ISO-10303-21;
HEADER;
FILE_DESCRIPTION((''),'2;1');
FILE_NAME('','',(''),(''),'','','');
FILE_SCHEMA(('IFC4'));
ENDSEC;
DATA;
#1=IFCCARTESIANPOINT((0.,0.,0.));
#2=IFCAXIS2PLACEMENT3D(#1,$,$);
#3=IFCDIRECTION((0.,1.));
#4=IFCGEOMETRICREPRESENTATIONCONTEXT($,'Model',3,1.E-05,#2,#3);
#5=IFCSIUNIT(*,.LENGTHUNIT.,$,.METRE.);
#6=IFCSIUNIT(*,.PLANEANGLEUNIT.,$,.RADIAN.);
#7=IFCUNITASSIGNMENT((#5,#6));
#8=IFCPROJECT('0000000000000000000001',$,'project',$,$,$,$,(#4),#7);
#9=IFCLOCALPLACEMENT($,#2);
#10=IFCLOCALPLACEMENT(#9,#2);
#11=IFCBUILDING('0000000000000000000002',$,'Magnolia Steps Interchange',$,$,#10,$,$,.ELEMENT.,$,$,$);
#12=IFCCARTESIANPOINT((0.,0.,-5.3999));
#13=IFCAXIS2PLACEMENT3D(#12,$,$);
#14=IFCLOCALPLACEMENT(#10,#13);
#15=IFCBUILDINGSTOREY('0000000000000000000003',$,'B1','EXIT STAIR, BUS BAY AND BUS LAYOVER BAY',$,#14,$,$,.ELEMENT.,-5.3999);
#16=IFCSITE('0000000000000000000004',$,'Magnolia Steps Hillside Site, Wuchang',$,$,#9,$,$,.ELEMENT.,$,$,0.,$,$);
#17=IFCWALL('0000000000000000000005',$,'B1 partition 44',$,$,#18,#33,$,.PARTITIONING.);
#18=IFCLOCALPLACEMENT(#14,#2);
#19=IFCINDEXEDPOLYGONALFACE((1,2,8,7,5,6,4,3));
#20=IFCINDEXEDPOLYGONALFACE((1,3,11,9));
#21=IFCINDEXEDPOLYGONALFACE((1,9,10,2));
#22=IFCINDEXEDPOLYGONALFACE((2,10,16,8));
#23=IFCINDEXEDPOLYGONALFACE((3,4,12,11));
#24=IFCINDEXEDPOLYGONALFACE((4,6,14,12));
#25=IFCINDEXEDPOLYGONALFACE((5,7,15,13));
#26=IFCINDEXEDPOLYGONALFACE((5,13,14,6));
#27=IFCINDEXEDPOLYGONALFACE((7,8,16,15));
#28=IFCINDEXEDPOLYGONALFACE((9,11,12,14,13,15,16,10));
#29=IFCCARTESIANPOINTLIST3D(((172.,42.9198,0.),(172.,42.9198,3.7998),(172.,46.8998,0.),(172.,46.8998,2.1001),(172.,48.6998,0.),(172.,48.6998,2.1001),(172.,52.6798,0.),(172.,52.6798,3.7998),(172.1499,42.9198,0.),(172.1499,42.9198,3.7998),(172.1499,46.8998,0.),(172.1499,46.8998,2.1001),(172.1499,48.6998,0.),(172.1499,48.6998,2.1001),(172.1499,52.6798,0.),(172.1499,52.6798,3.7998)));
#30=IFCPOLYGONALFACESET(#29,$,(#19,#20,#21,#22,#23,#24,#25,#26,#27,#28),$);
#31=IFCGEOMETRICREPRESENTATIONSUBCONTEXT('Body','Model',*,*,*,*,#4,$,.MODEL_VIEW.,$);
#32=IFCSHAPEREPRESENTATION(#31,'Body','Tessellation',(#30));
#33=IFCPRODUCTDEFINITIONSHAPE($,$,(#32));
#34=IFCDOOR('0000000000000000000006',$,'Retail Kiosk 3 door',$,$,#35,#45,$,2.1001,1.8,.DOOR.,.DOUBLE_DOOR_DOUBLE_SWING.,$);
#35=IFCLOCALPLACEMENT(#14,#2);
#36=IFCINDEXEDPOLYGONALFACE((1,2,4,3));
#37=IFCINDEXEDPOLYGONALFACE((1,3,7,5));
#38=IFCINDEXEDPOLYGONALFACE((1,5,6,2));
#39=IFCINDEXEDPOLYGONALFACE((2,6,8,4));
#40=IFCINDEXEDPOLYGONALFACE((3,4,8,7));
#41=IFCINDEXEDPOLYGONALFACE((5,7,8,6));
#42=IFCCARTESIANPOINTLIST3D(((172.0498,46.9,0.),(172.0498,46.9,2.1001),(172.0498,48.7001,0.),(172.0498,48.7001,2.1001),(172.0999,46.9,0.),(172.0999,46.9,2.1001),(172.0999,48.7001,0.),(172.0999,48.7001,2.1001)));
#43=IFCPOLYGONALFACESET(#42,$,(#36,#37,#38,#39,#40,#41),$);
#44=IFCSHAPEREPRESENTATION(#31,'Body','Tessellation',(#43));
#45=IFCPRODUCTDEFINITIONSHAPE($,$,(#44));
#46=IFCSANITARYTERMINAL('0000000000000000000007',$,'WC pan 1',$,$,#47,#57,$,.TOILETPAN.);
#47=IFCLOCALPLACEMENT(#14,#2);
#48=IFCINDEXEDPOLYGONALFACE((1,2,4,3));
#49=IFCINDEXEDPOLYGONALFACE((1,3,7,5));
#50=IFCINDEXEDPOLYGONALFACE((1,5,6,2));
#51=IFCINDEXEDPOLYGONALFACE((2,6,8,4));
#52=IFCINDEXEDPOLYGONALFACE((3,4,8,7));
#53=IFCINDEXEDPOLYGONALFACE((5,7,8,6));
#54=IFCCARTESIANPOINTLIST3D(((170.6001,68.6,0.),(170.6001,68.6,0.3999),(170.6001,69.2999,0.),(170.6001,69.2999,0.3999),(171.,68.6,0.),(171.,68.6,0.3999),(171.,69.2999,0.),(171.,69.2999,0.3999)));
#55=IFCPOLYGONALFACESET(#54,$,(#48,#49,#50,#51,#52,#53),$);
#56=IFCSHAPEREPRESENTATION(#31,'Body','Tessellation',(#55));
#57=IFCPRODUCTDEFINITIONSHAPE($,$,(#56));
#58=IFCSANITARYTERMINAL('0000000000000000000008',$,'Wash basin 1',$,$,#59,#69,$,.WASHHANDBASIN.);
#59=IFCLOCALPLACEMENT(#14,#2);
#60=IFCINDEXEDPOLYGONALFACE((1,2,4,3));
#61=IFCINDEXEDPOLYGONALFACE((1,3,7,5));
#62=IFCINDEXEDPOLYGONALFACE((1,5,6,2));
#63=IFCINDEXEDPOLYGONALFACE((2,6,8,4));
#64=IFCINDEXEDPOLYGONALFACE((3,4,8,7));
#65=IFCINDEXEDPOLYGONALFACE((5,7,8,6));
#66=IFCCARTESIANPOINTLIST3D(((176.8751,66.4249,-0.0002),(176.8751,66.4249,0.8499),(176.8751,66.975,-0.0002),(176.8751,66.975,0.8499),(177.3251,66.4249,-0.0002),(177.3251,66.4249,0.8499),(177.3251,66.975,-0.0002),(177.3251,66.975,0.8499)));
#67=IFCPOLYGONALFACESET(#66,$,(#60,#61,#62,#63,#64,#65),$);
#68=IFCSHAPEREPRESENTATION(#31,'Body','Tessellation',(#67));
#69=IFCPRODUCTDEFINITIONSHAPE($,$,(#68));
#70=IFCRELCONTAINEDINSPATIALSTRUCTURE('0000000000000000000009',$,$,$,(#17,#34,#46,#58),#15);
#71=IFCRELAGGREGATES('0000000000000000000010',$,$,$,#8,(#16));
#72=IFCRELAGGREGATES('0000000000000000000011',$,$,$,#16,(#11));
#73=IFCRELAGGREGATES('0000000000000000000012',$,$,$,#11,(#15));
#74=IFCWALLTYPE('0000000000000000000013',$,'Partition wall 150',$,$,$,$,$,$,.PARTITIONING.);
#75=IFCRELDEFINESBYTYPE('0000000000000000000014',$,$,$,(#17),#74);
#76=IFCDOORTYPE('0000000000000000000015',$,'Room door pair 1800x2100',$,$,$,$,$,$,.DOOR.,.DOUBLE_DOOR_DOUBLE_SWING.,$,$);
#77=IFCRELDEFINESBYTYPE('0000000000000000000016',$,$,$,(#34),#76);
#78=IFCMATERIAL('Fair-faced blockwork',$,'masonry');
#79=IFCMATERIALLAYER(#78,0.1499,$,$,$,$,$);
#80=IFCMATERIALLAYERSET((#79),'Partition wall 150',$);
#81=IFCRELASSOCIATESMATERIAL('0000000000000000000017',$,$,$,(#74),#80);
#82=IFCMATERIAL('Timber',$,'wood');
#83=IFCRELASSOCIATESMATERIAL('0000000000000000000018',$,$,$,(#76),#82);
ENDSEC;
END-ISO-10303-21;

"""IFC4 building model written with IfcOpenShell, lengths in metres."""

from ifc_helpers import new_model, si_unit, direction, frame, frame_2d, origin, origin_2d, place, context, subcontext, project, spatial, rectangle, extrude, material, layer, layer_set, type_object, element, fill, save


model = new_model("IFC4")

# Units and contexts
model_context = context("Model", 3, precision=1e-05, world=origin(), true_north=direction((0.0, 1.0)))
body_context = subcontext(model_context, "Body", "Model", "MODEL_VIEW")
ifc_project = project(units=[si_unit("LENGTHUNIT", "METRE"), si_unit("PLANEANGLEUNIT", "RADIAN")], contexts=[model_context])

# Site, building, storey
site_placement = place(None, origin())
site = spatial("IfcSite", under=ifc_project, at=site_placement, Name="Magnolia Steps Hillside Site, Wuchang", CompositionType="ELEMENT", RefElevation=0.0)
building_placement = place(site_placement, origin())
building = spatial("IfcBuilding", under=site, at=building_placement, Name="Magnolia Steps Interchange", CompositionType="ELEMENT")
storey_placement = place(building_placement, frame((0.0, 0.0, -5.3999)))
storey = spatial("IfcBuildingStorey", under=building, at=storey_placement, Name="B1", Description="EXIT STAIR, BUS BAY AND BUS LAYOVER BAY", CompositionType="ELEMENT", Elevation=-5.3999)

# Shared definitions
ifc_material_1 = material(Name="Fair-faced blockwork", Category="masonry")
ifc_layer_1 = layer(ifc_material_1, 0.1499)
ifc_layer_set_1 = layer_set([ifc_layer_1], Name="Partition wall 150")
wall_type_1 = type_object("IfcWallType", Name="Partition wall 150", PredefinedType="PARTITIONING", material=ifc_layer_set_1)

# Wall, opening, door
wall_1_placement = place(storey_placement, frame((172.075, 42.9199, 0.0), z_axis=(0.0, 0.0, 1.0), x_axis=(0.0, 1.0, 0.0)))
wall_1 = element("IfcWall", 1, at=wall_1_placement, inside=storey, type_object=wall_type_1, Name="B1 partition 44", PredefinedType="PARTITIONING", context=body_context, shape_type="SweptSolid", body=[
    extrude(rectangle(XDim=9.76, YDim=0.1499, at=frame_2d((4.8799, 0.0))), origin(), (0.0, 0.0, 1.0), 3.7998),
])
opening_1_placement = place(wall_1_placement, frame((3.98, 0.0, 0.0)))
opening_1 = element("IfcOpeningElement", 2, at=opening_1_placement, cuts=wall_1, PredefinedType="OPENING", context=body_context, shape_type="SweptSolid", body=[
    extrude(rectangle(XDim=1.8, YDim=2.1001, at=frame_2d((0.8999, 1.05))), frame((0.0, 0.085, 0.0), z_axis=(0.0, -1.0, 0.0), x_axis=(1.0, 0.0, 0.0)), (0.0, 0.0, 1.0), 0.1699),
])
ifc_material_2 = material(Name="Timber", Category="wood")
door_type_1 = type_object("IfcDoorType", Name="Room door pair 1800x2100", OperationType="DOUBLE_DOOR_DOUBLE_SWING", PredefinedType="DOOR", material=ifc_material_2)
door_1_placement = place(opening_1_placement, frame((1.8, 0.0, 0.0), z_axis=(0.0, 0.0, 1.0), x_axis=(-1.0, 0.0, 0.0)))
door_1 = element("IfcDoor", 3, at=door_1_placement, inside=storey, type_object=door_type_1, Name="Retail Kiosk 3 door", OperationType="DOUBLE_DOOR_DOUBLE_SWING", OverallHeight=2.1001, OverallWidth=1.8, PredefinedType="DOOR", context=body_context, shape_type="SweptSolid", body=[
    extrude(rectangle(XDim=1.8, YDim=2.1001, at=frame_2d((0.8999, 1.05))), frame((0.0, 0.0249, 0.0), z_axis=(0.0, -1.0, 0.0), x_axis=(1.0, 0.0, 0.0)), (0.0, 0.0, 1.0), 0.05),
])
fill(opening_1, door_1)

# Sanitary terminals
sanitary_terminal_1_placement = place(storey_placement, frame((170.8, 68.95, 0.0), z_axis=(0.0, 0.0, 1.0), x_axis=(1.0, 0.0, 0.0)))
element("IfcSanitaryTerminal", 4, at=sanitary_terminal_1_placement, inside=storey, Name="WC pan 1", PredefinedType="TOILETPAN", context=body_context, shape_type="SweptSolid", body=[
    extrude(rectangle(XDim=0.3999, YDim=0.7, at=origin_2d()), origin(), (0.0, 0.0, 1.0), 0.3999),
])
sanitary_terminal_2_placement = place(storey_placement, frame((177.1001, 66.7, -0.0002), z_axis=(0.0, 0.0, 1.0), x_axis=(1.0, 0.0, 0.0)))
element("IfcSanitaryTerminal", 5, at=sanitary_terminal_2_placement, inside=storey, Name="Wash basin 1", PredefinedType="WASHHANDBASIN", context=body_context, shape_type="SweptSolid", body=[
    extrude(rectangle(XDim=0.45, YDim=0.55, at=origin_2d()), origin(), (0.0, 0.0, 1.0), 0.8501),
])

save(model, "model.ifc")
